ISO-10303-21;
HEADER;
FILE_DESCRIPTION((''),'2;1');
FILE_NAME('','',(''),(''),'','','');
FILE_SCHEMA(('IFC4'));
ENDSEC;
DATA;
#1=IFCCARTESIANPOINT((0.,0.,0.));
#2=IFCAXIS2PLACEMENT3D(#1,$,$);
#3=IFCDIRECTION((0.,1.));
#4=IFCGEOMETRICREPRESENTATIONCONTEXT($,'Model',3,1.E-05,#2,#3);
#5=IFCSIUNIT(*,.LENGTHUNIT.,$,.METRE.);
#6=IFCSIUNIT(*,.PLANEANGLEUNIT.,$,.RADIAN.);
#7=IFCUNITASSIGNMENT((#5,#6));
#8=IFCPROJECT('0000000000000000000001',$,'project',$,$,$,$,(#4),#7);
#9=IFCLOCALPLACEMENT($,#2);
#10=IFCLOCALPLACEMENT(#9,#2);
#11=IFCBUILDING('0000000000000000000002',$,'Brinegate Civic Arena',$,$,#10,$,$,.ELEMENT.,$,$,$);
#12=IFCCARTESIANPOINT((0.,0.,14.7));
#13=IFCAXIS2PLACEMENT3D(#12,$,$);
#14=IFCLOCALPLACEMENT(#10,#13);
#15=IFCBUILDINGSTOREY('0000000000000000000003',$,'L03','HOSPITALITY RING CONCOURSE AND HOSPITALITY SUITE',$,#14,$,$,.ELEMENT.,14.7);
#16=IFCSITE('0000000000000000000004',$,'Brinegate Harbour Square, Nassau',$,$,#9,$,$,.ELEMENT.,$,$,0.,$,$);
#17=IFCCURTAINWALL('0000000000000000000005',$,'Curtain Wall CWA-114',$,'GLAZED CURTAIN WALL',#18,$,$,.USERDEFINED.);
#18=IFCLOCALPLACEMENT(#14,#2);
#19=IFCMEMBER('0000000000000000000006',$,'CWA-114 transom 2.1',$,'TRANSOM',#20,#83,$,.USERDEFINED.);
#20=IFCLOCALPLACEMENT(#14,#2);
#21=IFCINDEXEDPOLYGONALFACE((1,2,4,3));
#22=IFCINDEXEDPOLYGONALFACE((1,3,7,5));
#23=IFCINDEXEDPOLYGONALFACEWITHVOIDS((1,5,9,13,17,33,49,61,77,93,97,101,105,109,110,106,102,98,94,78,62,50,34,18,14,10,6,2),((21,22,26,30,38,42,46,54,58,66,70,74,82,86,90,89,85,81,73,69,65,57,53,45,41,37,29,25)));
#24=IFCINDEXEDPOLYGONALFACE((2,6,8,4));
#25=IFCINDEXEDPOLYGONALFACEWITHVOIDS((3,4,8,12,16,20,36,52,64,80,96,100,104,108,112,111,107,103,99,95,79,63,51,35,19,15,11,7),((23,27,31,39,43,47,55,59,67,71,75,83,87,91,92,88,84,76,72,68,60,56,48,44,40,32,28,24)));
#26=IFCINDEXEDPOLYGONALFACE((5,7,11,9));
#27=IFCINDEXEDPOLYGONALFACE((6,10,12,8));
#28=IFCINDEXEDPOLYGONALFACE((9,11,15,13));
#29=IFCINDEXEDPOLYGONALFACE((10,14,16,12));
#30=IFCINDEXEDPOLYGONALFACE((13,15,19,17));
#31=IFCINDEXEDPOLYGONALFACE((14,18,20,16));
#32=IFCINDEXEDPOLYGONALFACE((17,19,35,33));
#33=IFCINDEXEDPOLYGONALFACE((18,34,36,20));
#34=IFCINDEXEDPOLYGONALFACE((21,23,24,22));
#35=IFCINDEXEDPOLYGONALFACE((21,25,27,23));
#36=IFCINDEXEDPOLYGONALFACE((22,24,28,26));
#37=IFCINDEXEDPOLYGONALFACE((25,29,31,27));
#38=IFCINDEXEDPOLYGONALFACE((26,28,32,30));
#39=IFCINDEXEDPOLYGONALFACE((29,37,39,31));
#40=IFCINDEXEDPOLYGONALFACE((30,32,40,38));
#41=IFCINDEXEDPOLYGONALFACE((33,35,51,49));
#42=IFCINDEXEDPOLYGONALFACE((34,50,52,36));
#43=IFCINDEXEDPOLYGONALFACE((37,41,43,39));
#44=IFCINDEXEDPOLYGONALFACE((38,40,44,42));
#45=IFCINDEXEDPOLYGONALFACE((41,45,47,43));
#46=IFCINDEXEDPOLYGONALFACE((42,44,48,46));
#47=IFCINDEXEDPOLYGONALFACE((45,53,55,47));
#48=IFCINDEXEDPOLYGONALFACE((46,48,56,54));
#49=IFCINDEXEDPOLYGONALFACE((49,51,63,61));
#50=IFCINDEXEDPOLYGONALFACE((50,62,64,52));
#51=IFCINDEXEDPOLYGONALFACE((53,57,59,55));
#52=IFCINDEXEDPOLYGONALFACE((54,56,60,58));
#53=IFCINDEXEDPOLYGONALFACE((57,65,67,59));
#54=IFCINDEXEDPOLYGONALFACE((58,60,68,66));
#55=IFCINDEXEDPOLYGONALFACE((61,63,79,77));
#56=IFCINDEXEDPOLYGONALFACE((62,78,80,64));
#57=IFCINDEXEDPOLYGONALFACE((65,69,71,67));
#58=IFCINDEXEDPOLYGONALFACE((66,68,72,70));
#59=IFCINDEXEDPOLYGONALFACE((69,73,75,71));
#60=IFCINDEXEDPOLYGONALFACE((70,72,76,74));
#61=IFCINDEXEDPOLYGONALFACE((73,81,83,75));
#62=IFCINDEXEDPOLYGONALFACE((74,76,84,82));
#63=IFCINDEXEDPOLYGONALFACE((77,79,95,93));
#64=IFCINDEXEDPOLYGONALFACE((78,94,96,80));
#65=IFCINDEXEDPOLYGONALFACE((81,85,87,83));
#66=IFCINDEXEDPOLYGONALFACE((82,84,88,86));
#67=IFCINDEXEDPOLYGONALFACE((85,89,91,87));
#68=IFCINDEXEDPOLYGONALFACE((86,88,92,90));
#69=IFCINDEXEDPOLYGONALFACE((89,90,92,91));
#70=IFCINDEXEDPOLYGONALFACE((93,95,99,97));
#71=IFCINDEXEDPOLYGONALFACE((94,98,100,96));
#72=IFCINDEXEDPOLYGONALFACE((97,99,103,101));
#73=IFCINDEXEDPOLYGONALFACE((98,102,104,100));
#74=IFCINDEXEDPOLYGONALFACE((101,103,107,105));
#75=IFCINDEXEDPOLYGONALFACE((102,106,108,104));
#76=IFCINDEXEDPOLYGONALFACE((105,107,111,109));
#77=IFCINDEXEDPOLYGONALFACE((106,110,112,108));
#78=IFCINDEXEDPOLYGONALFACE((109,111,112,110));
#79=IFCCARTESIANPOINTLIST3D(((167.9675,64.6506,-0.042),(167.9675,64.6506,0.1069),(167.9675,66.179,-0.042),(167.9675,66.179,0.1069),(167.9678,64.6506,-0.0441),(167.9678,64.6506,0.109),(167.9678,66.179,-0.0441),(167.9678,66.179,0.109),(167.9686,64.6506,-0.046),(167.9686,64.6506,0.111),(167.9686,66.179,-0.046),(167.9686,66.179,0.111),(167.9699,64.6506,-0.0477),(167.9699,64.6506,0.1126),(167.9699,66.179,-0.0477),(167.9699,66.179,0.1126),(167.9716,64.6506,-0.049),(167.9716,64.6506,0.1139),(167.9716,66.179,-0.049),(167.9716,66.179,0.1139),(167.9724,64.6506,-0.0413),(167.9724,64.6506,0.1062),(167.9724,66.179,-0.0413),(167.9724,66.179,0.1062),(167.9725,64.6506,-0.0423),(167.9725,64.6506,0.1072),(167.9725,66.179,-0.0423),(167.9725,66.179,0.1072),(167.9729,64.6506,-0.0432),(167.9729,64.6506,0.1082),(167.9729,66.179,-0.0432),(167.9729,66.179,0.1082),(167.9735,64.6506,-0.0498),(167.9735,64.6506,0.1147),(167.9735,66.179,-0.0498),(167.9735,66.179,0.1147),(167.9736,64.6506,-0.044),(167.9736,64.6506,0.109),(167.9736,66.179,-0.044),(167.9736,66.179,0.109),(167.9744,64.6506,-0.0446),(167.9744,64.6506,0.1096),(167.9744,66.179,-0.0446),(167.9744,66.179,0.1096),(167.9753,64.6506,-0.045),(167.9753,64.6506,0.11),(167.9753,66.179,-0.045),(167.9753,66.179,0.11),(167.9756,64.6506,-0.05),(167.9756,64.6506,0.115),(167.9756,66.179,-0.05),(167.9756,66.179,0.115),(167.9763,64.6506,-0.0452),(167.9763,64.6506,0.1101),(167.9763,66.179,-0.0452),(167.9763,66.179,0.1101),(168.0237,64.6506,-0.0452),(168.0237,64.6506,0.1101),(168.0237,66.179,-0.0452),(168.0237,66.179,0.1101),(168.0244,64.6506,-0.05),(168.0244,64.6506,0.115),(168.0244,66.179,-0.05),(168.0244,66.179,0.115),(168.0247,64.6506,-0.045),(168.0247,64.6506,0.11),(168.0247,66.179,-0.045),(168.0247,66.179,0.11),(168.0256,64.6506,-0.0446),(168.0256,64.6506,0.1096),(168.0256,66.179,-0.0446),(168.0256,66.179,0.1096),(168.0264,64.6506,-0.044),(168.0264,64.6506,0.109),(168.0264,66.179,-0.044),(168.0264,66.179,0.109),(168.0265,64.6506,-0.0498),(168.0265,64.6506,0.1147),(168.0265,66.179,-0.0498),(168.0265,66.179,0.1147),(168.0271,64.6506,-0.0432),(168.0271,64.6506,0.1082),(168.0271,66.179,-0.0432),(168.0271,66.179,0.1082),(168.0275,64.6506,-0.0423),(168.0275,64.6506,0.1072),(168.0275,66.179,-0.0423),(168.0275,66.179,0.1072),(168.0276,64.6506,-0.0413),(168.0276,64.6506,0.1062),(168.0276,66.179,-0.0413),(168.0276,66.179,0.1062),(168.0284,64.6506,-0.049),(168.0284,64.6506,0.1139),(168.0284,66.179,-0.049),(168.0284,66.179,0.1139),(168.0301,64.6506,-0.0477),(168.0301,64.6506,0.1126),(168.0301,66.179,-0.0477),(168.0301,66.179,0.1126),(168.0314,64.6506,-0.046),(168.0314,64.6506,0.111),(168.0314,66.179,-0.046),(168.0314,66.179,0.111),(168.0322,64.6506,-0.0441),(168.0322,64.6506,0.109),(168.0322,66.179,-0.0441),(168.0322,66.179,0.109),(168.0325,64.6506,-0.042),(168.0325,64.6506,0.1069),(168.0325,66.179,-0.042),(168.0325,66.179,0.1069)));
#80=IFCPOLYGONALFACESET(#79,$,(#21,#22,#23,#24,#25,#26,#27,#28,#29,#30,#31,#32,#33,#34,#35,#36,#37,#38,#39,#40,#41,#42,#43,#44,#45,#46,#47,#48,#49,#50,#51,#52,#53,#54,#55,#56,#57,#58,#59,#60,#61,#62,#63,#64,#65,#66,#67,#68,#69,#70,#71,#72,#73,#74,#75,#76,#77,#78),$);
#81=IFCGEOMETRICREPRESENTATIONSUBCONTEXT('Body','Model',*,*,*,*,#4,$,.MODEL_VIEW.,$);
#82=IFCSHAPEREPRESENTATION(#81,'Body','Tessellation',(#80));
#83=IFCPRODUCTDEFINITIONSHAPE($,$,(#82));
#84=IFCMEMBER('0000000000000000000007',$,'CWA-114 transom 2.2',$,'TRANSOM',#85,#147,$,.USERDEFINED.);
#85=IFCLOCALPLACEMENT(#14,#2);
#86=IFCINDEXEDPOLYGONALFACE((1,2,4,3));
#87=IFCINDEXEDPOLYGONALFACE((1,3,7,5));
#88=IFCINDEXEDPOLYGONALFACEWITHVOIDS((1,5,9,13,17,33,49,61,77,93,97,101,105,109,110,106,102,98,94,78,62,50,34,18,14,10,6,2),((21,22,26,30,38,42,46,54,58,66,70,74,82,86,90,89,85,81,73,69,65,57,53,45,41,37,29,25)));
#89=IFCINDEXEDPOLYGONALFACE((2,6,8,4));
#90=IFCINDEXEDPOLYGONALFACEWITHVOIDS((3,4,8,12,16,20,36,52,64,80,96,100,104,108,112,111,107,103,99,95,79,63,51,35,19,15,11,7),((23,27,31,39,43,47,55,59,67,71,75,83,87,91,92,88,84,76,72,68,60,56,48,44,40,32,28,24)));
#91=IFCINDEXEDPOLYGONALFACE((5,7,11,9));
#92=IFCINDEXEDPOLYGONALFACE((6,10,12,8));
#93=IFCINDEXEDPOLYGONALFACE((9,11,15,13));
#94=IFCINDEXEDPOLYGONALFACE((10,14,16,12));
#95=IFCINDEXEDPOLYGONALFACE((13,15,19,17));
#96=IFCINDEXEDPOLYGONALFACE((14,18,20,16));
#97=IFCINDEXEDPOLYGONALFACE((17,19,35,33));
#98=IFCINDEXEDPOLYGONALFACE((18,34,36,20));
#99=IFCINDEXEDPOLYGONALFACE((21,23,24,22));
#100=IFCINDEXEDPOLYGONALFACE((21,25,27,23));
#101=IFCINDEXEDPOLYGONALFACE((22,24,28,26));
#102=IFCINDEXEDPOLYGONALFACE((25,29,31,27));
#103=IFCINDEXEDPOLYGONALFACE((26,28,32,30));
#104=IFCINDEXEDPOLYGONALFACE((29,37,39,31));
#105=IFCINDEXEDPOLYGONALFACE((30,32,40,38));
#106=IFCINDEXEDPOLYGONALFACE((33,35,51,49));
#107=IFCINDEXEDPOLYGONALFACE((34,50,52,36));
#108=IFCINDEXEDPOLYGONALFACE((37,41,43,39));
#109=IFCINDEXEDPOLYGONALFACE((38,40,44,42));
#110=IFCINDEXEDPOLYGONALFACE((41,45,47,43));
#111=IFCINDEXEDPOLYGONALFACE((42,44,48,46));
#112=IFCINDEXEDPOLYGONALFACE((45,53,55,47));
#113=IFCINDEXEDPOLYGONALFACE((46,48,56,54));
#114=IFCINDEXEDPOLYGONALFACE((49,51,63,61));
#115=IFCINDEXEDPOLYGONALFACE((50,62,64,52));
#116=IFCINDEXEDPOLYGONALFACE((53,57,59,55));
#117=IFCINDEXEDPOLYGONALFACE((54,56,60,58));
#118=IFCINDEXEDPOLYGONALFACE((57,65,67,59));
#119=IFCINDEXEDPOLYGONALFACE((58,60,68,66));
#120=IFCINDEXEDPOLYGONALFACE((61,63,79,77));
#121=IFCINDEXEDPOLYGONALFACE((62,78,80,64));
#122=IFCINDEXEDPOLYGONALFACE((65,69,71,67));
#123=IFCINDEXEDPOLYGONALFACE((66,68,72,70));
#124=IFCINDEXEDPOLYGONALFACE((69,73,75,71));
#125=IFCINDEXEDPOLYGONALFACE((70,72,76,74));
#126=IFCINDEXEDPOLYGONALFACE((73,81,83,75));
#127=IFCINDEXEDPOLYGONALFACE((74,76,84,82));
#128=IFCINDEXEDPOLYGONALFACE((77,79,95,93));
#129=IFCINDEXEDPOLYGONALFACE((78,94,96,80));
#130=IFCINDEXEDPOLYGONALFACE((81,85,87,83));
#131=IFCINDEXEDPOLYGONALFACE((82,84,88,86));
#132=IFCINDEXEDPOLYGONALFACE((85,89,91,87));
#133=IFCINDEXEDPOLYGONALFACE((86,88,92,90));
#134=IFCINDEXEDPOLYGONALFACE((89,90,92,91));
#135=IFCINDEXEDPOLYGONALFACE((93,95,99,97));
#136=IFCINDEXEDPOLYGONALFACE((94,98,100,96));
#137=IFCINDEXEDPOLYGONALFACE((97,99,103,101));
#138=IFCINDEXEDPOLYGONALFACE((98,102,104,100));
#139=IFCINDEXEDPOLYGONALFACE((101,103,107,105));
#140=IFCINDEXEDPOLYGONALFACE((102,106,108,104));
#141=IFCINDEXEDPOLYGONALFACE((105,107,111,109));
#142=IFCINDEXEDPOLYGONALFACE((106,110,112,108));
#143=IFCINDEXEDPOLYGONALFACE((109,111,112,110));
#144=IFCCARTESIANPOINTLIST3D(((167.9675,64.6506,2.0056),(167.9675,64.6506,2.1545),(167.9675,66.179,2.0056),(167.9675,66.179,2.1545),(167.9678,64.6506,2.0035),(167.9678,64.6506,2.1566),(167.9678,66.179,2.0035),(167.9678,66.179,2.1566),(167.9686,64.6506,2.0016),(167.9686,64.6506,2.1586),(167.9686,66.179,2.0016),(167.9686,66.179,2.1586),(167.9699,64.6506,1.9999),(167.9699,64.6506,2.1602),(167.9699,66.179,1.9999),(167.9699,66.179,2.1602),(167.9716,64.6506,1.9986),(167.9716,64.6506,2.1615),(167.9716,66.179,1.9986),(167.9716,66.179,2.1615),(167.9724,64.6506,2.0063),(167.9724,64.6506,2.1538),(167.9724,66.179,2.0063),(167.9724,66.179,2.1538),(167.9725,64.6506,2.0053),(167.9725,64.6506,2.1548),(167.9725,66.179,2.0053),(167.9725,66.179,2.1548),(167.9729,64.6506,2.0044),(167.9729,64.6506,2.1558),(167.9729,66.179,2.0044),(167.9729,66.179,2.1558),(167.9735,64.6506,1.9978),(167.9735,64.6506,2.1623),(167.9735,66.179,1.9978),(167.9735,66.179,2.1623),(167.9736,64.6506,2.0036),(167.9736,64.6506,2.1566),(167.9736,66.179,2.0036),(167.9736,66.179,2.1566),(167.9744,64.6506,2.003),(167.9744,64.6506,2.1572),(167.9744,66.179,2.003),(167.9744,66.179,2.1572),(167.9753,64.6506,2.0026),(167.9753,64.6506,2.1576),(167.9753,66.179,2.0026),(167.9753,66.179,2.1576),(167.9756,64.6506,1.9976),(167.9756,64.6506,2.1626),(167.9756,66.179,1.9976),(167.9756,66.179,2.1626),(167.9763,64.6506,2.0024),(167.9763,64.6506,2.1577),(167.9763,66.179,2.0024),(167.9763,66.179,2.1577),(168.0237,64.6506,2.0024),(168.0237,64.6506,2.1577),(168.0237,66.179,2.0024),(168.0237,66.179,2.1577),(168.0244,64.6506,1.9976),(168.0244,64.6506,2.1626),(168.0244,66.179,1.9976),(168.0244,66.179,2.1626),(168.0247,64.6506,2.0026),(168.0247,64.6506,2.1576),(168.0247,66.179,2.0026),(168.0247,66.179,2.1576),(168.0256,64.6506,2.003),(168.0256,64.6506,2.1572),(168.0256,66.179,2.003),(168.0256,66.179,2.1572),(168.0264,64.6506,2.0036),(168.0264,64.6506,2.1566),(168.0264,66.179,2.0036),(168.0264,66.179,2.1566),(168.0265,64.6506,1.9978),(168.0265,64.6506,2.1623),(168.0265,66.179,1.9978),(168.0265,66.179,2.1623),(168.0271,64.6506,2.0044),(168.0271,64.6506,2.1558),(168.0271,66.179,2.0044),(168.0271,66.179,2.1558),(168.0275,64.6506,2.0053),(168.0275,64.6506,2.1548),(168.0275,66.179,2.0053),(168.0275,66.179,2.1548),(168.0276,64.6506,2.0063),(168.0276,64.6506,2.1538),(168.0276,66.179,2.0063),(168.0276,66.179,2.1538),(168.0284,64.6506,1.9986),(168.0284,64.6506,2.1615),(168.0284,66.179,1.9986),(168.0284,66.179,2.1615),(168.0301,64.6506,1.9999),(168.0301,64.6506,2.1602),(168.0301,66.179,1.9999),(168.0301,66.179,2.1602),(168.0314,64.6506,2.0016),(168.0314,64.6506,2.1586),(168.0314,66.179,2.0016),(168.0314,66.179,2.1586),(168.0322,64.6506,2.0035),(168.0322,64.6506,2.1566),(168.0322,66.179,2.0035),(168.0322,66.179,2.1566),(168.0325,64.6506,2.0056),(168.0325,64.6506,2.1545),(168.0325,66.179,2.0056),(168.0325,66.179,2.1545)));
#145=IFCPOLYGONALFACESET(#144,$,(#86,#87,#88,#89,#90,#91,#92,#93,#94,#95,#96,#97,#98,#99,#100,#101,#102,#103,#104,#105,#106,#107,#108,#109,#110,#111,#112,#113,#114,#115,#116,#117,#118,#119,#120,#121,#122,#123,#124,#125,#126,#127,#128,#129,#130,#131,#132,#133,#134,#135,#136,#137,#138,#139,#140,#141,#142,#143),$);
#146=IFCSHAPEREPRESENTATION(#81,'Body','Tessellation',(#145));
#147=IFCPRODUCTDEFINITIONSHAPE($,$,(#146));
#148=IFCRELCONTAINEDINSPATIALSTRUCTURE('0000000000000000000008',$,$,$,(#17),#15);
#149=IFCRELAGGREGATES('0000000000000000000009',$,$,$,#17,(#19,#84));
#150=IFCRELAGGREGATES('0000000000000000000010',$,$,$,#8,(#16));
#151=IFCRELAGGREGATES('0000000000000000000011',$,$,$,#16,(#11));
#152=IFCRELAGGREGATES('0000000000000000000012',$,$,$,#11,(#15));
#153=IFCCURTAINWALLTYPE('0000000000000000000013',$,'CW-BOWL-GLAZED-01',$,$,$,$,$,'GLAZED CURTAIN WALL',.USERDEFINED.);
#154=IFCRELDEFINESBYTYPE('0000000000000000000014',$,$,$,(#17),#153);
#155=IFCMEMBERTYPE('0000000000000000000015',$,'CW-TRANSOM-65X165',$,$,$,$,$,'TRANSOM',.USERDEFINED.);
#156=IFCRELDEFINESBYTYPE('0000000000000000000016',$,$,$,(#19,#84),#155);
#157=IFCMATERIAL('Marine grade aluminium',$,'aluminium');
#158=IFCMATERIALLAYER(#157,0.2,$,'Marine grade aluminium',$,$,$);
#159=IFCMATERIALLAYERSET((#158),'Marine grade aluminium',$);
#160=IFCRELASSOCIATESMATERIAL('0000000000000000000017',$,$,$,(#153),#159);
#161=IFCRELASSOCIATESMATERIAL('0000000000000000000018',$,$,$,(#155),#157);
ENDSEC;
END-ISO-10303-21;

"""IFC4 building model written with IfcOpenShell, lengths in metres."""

from ifc_helpers import new_model, si_unit, direction, frame, origin, origin_2d, place, context, subcontext, project, spatial, hollow_rectangle, extrude, material, layer, layer_set, material_profile, profile_set, type_object, element, aggregate, save


model = new_model("IFC4")

# Units and contexts
model_context = context("Model", 3, precision=1e-05, world=origin(), true_north=direction((0.0, 1.0)))
body_context = subcontext(model_context, "Body", "Model", "MODEL_VIEW")
ifc_project = project(units=[si_unit("LENGTHUNIT", "METRE"), si_unit("PLANEANGLEUNIT", "RADIAN")], contexts=[model_context])

# Site, building, storey
site_placement = place(None, origin())
site = spatial("IfcSite", under=ifc_project, at=site_placement, Name="Brinegate Harbour Square, Nassau", CompositionType="ELEMENT", RefElevation=0.0)
building_placement = place(site_placement, origin())
building = spatial("IfcBuilding", under=site, at=building_placement, Name="Brinegate Civic Arena", CompositionType="ELEMENT")
storey_placement = place(building_placement, frame((0.0, 0.0, 14.7)))
storey = spatial("IfcBuildingStorey", under=building, at=storey_placement, Name="L03", Description="HOSPITALITY RING CONCOURSE AND HOSPITALITY SUITE", CompositionType="ELEMENT", Elevation=14.7)

# Curtain wall, members
ifc_material_1 = material(Name="Marine grade aluminium", Category="aluminium")
ifc_layer_1 = layer(ifc_material_1, 0.2, Name="Marine grade aluminium")
ifc_layer_set_1 = layer_set([ifc_layer_1], Name="Marine grade aluminium")
curtain_wall_type = type_object("IfcCurtainWallType", Name="CW-BOWL-GLAZED-01", ElementType="GLAZED CURTAIN WALL", PredefinedType="USERDEFINED", material=ifc_layer_set_1)
curtain_wall_placement = place(storey_placement, origin())
curtain_wall = element("IfcCurtainWall", 1, at=curtain_wall_placement, inside=storey, type_object=curtain_wall_type, Name="Curtain Wall CWA-114", ObjectType="GLAZED CURTAIN WALL", PredefinedType="USERDEFINED")
ifc_material_profile_1 = material_profile(ifc_material_1, hollow_rectangle(XDim=0.0649, YDim=0.165, WallThickness=0.0049, InnerFilletRadius=0.0039, OuterFilletRadius=0.0081, at=origin_2d()), Name="TRN65X165")
ifc_profile_set_1 = profile_set([ifc_material_profile_1], Name="Marine grade aluminium")
member_type_1 = type_object("IfcMemberType", Name="CW-TRANSOM-65X165", ElementType="TRANSOM", PredefinedType="USERDEFINED", material=ifc_profile_set_1)
member_1_placement = place(storey_placement, frame((168.0, 64.6506, 0.0325), z_axis=(0.0, 1.0, 0.0), x_axis=(-1.0, 0.0, 0.0)))
member_1 = element("IfcMember", 2, at=member_1_placement, type_object=member_type_1, Name="CWA-114 transom 2.1", ObjectType="TRANSOM", PredefinedType="USERDEFINED", context=body_context, shape_type="SweptSolid", body=[
    extrude(hollow_rectangle(XDim=0.0649, YDim=0.165, WallThickness=0.0049, InnerFilletRadius=0.0039, OuterFilletRadius=0.0081, at=origin_2d()), origin(), (0.0, 0.0, 1.0), 1.5283),
])
member_2_placement = place(storey_placement, frame((168.0, 64.6506, 2.0801), z_axis=(0.0, 1.0, 0.0), x_axis=(-1.0, 0.0, 0.0)))
member_2 = element("IfcMember", 3, at=member_2_placement, type_object=member_type_1, Name="CWA-114 transom 2.2", ObjectType="TRANSOM", PredefinedType="USERDEFINED", context=body_context, shape_type="SweptSolid", body=[
    extrude(hollow_rectangle(XDim=0.0649, YDim=0.165, WallThickness=0.0049, InnerFilletRadius=0.0039, OuterFilletRadius=0.0081, at=origin_2d()), origin(), (0.0, 0.0, 1.0), 1.5283),
])

aggregate(curtain_wall, [member_1, member_2])

save(model, "model.ifc")
